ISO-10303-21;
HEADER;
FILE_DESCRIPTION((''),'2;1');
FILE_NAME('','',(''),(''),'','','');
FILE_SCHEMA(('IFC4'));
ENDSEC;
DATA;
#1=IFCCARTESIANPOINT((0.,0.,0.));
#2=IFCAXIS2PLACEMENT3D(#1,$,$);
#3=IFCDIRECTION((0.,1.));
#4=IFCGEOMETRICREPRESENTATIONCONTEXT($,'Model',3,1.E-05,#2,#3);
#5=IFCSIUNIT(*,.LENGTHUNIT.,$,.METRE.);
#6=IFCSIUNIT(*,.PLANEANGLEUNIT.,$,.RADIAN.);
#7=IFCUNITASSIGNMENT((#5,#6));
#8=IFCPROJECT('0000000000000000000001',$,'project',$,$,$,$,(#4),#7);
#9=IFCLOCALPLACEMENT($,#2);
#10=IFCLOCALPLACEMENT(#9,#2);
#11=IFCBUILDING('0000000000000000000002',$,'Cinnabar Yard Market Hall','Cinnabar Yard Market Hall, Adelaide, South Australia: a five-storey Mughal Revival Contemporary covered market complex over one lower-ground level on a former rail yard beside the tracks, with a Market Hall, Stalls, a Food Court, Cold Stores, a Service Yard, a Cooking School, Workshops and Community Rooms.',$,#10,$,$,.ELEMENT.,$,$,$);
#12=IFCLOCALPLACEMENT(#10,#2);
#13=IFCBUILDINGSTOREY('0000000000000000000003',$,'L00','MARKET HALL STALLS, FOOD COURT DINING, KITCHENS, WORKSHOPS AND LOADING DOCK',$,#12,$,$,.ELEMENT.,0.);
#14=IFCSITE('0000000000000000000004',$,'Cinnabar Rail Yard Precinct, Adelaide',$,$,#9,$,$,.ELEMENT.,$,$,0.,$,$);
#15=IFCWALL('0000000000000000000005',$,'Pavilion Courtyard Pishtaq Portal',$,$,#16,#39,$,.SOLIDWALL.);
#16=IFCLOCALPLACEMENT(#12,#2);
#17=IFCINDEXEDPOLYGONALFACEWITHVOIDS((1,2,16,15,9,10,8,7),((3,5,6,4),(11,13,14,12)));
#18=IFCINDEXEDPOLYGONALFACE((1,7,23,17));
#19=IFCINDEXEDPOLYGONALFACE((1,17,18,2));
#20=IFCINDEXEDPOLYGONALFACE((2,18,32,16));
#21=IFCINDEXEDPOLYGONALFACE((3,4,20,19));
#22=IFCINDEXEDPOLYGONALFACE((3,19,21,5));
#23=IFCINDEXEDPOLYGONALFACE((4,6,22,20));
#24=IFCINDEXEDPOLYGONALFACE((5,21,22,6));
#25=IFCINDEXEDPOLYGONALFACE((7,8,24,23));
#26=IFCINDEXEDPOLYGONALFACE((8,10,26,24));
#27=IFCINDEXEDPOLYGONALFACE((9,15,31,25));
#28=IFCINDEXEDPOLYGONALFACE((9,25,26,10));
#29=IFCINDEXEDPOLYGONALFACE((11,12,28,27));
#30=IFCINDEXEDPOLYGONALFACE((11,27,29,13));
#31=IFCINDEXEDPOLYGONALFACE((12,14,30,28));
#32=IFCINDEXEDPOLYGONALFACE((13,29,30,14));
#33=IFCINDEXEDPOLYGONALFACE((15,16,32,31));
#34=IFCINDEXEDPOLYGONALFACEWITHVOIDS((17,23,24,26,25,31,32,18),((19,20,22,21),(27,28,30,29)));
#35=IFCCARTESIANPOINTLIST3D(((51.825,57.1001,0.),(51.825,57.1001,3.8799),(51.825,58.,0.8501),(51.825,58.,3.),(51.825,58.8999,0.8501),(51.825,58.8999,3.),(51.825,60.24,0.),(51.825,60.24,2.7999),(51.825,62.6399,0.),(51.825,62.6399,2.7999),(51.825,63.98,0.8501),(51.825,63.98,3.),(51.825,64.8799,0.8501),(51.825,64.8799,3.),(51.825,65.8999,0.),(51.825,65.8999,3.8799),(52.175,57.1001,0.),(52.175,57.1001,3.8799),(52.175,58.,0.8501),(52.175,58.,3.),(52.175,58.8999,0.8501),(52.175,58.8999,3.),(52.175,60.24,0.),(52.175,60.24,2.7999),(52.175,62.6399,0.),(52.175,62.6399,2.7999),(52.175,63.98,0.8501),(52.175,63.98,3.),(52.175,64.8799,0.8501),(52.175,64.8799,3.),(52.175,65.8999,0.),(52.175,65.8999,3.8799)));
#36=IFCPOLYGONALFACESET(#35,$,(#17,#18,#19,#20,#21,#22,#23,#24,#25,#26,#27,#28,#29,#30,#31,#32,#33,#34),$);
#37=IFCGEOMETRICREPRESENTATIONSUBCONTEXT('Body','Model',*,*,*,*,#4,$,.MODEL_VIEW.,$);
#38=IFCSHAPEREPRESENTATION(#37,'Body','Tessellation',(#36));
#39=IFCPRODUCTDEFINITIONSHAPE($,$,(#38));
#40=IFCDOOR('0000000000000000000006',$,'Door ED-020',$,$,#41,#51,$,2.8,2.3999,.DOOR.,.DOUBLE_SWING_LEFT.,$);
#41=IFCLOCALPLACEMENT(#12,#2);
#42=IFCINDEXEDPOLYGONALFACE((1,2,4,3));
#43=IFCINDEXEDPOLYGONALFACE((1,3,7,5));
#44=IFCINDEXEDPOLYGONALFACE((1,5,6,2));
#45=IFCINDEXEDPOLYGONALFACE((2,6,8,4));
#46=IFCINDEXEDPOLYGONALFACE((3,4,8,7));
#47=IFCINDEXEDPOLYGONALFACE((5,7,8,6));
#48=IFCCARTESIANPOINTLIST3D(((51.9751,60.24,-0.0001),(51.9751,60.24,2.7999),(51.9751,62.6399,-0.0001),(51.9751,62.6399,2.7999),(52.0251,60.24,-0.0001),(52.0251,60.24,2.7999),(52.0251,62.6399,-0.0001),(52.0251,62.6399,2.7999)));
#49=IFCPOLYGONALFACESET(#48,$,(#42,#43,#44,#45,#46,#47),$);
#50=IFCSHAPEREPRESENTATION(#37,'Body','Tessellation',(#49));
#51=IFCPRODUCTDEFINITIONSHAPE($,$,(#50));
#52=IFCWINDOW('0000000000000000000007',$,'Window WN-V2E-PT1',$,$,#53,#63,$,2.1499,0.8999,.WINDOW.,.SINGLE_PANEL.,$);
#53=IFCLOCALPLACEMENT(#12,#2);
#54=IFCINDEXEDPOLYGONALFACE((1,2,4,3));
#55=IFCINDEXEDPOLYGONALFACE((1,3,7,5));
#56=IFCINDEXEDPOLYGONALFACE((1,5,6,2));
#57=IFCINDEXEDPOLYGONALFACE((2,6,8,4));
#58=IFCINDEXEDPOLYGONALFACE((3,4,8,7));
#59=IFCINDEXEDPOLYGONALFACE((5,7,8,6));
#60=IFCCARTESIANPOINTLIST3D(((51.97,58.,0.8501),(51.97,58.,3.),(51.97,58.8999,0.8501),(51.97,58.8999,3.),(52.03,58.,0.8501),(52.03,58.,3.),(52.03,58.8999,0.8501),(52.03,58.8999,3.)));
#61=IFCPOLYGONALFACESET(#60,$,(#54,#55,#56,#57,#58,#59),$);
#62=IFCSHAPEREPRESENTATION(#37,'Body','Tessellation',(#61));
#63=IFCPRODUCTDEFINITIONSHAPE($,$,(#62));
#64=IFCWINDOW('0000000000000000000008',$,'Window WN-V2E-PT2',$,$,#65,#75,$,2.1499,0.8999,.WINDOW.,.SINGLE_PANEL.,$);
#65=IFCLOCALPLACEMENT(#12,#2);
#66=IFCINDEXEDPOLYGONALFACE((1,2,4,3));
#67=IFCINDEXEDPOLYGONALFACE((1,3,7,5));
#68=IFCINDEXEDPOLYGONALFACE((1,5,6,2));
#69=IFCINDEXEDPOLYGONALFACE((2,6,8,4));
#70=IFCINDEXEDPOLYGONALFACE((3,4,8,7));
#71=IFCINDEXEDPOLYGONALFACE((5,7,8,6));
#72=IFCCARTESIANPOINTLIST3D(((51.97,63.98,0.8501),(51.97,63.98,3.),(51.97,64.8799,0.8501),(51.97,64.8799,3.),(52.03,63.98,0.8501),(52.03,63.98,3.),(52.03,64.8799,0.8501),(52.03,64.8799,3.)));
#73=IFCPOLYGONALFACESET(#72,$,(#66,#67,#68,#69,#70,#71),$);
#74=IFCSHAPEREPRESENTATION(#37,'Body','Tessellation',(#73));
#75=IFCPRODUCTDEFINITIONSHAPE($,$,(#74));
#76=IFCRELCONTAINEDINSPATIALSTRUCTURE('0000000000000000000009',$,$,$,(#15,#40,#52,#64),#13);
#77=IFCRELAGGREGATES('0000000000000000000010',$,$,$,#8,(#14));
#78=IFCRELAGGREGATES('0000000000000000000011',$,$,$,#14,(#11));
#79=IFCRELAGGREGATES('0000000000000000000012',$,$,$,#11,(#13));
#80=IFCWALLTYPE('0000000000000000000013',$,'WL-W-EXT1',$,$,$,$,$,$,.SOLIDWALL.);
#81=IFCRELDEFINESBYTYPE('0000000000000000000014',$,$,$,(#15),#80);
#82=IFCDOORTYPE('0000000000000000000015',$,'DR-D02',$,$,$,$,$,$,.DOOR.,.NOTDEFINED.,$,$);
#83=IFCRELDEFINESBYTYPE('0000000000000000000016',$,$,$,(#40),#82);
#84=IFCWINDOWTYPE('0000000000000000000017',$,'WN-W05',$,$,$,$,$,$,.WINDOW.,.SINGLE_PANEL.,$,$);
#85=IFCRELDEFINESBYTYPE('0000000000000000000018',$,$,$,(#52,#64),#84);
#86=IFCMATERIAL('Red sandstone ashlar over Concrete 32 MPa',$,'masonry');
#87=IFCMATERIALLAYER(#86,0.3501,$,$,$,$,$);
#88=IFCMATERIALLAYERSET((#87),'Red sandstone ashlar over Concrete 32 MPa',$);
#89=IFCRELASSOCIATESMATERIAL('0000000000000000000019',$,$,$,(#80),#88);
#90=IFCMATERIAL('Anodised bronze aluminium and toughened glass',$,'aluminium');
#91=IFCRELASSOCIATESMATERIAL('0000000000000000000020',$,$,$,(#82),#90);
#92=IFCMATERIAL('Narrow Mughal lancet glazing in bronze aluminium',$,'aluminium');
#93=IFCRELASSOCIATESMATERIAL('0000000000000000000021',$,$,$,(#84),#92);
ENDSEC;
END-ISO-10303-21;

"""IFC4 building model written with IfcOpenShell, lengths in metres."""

from ifc_helpers import new_model, si_unit, direction, frame, frame_2d, origin, place, context, subcontext, project, spatial, rectangle, extrude, material, layer, layer_set, type_object, element, fill, save


model = new_model("IFC4")

# Units and contexts
model_context = context("Model", 3, precision=1e-05, world=origin(), true_north=direction((0.0, 1.0)))
body_context = subcontext(model_context, "Body", "Model", "MODEL_VIEW")
ifc_project = project(units=[si_unit("LENGTHUNIT", "METRE"), si_unit("PLANEANGLEUNIT", "RADIAN")], contexts=[model_context])

# Site, building, storey
site_placement = place(None, origin())
site = spatial("IfcSite", under=ifc_project, at=site_placement, Name="Cinnabar Rail Yard Precinct, Adelaide", CompositionType="ELEMENT", RefElevation=0.0)
building_placement = place(site_placement, origin())
building = spatial("IfcBuilding", under=site, at=building_placement, Name="Cinnabar Yard Market Hall", Description="Cinnabar Yard Market Hall, Adelaide, South Australia: a five-storey Mughal Revival Contemporary covered market complex over one lower-ground level on a former rail yard beside the tracks, with a Market Hall, Stalls, a Food Court, Cold Stores, a Service Yard, a Cooking School, Workshops and Community Rooms.", CompositionType="ELEMENT")
storey_placement = place(building_placement, origin())
storey = spatial("IfcBuildingStorey", under=building, at=storey_placement, Name="L00", Description="MARKET HALL STALLS, FOOD COURT DINING, KITCHENS, WORKSHOPS AND LOADING DOCK", CompositionType="ELEMENT", Elevation=0.0)

# Wall, openings, door, windows
ifc_material_1 = material(Name="Red sandstone ashlar over Concrete 32 MPa", Category="masonry")
ifc_layer_1 = layer(ifc_material_1, 0.3501)
ifc_layer_set_1 = layer_set([ifc_layer_1], Name="Red sandstone ashlar over Concrete 32 MPa")
wall_type = type_object("IfcWallType", Name="WL-W-EXT1", PredefinedType="SOLIDWALL", material=ifc_layer_set_1)
wall_placement = place(storey_placement, frame((52.0, 57.1001, 0.0), z_axis=(0.0, 0.0, 1.0), x_axis=(0.0, 1.0, 0.0)))
wall = element("IfcWall", 1, at=wall_placement, inside=storey, type_object=wall_type, Name="Pavilion Courtyard Pishtaq Portal", PredefinedType="SOLIDWALL", context=body_context, shape_type="SweptSolid", body=[
    extrude(rectangle(XDim=8.7998, YDim=0.3501, at=frame_2d((4.3999, 0.0), x_axis=(1.0, 0.0))), origin(), (0.0, 0.0, 1.0), 3.8799),
])
opening_1_placement = place(wall_placement, frame((3.1399, 0.0, 0.0)))
opening_1 = element("IfcOpeningElement", 2, at=opening_1_placement, cuts=wall, PredefinedType="OPENING", context=body_context, shape_type="SweptSolid", body=[
    extrude(rectangle(XDim=2.3999, YDim=2.8, at=frame_2d((1.2, 1.3999), x_axis=(1.0, 0.0))), frame((0.0, 0.1851, 0.0), z_axis=(0.0, -1.0, 0.0), x_axis=(1.0, 0.0, 0.0)), (0.0, 0.0, 1.0), 0.3701),
])
opening_2_placement = place(wall_placement, frame((0.8999, 0.0, 0.8501)))
opening_2 = element("IfcOpeningElement", 3, at=opening_2_placement, cuts=wall, PredefinedType="OPENING", context=body_context, shape_type="SweptSolid", body=[
    extrude(rectangle(XDim=0.8999, YDim=2.1499, at=frame_2d((0.45, 1.075), x_axis=(1.0, 0.0))), frame((0.0, 0.1851, 0.0), z_axis=(0.0, -1.0, 0.0), x_axis=(1.0, 0.0, 0.0)), (0.0, 0.0, 1.0), 0.3701),
])
opening_3_placement = place(wall_placement, frame((6.8799, 0.0, 0.8501)))
opening_3 = element("IfcOpeningElement", 4, at=opening_3_placement, cuts=wall, PredefinedType="OPENING", context=body_context, shape_type="SweptSolid", body=[
    extrude(rectangle(XDim=0.8999, YDim=2.1499, at=frame_2d((0.45, 1.075), x_axis=(1.0, 0.0))), frame((0.0, 0.1851, 0.0), z_axis=(0.0, -1.0, 0.0), x_axis=(1.0, 0.0, 0.0)), (0.0, 0.0, 1.0), 0.3701),
])
ifc_material_2 = material(Name="Anodised bronze aluminium and toughened glass", Category="aluminium")
door_type = type_object("IfcDoorType", Name="DR-D02", OperationType="NOTDEFINED", PredefinedType="DOOR", material=ifc_material_2)
door_placement = place(opening_1_placement, origin())
door = element("IfcDoor", 5, at=door_placement, inside=storey, type_object=door_type, Name="Door ED-020", OperationType="DOUBLE_SWING_LEFT", OverallHeight=2.8, OverallWidth=2.3999, PredefinedType="DOOR", context=body_context, shape_type="SweptSolid", body=[
    extrude(rectangle(XDim=2.3999, YDim=2.8, at=frame_2d((1.2, 1.3999), x_axis=(1.0, 0.0))), frame((0.0, 0.0249, 0.0), z_axis=(0.0, -1.0, 0.0), x_axis=(1.0, 0.0, 0.0)), (0.0, 0.0, 1.0), 0.05),
])
fill(opening_1, door)
ifc_material_3 = material(Name="Narrow Mughal lancet glazing in bronze aluminium", Category="aluminium")
window_type = type_object("IfcWindowType", Name="WN-W05", PartitioningType="SINGLE_PANEL", PredefinedType="WINDOW", material=ifc_material_3)
window_1_placement = place(opening_2_placement, origin())
window_1 = element("IfcWindow", 6, at=window_1_placement, inside=storey, type_object=window_type, Name="Window WN-V2E-PT1", OverallHeight=2.1499, OverallWidth=0.8999, PartitioningType="SINGLE_PANEL", PredefinedType="WINDOW", context=body_context, shape_type="SweptSolid", body=[
    extrude(rectangle(XDim=0.8999, YDim=2.1499, at=frame_2d((0.45, 1.075), x_axis=(1.0, 0.0))), frame((0.0, 0.03, 0.0), z_axis=(0.0, -1.0, 0.0), x_axis=(1.0, 0.0, 0.0)), (0.0, 0.0, 1.0), 0.0601),
])
fill(opening_2, window_1)
window_2_placement = place(opening_3_placement, origin())
window_2 = element("IfcWindow", 7, at=window_2_placement, inside=storey, type_object=window_type, Name="Window WN-V2E-PT2", OverallHeight=2.1499, OverallWidth=0.8999, PartitioningType="SINGLE_PANEL", PredefinedType="WINDOW", context=body_context, shape_type="SweptSolid", body=[
    extrude(rectangle(XDim=0.8999, YDim=2.1499, at=frame_2d((0.45, 1.075), x_axis=(1.0, 0.0))), frame((0.0, 0.03, 0.0), z_axis=(0.0, -1.0, 0.0), x_axis=(1.0, 0.0, 0.0)), (0.0, 0.0, 1.0), 0.0601),
])
fill(opening_3, window_2)

save(model, "model.ifc")
